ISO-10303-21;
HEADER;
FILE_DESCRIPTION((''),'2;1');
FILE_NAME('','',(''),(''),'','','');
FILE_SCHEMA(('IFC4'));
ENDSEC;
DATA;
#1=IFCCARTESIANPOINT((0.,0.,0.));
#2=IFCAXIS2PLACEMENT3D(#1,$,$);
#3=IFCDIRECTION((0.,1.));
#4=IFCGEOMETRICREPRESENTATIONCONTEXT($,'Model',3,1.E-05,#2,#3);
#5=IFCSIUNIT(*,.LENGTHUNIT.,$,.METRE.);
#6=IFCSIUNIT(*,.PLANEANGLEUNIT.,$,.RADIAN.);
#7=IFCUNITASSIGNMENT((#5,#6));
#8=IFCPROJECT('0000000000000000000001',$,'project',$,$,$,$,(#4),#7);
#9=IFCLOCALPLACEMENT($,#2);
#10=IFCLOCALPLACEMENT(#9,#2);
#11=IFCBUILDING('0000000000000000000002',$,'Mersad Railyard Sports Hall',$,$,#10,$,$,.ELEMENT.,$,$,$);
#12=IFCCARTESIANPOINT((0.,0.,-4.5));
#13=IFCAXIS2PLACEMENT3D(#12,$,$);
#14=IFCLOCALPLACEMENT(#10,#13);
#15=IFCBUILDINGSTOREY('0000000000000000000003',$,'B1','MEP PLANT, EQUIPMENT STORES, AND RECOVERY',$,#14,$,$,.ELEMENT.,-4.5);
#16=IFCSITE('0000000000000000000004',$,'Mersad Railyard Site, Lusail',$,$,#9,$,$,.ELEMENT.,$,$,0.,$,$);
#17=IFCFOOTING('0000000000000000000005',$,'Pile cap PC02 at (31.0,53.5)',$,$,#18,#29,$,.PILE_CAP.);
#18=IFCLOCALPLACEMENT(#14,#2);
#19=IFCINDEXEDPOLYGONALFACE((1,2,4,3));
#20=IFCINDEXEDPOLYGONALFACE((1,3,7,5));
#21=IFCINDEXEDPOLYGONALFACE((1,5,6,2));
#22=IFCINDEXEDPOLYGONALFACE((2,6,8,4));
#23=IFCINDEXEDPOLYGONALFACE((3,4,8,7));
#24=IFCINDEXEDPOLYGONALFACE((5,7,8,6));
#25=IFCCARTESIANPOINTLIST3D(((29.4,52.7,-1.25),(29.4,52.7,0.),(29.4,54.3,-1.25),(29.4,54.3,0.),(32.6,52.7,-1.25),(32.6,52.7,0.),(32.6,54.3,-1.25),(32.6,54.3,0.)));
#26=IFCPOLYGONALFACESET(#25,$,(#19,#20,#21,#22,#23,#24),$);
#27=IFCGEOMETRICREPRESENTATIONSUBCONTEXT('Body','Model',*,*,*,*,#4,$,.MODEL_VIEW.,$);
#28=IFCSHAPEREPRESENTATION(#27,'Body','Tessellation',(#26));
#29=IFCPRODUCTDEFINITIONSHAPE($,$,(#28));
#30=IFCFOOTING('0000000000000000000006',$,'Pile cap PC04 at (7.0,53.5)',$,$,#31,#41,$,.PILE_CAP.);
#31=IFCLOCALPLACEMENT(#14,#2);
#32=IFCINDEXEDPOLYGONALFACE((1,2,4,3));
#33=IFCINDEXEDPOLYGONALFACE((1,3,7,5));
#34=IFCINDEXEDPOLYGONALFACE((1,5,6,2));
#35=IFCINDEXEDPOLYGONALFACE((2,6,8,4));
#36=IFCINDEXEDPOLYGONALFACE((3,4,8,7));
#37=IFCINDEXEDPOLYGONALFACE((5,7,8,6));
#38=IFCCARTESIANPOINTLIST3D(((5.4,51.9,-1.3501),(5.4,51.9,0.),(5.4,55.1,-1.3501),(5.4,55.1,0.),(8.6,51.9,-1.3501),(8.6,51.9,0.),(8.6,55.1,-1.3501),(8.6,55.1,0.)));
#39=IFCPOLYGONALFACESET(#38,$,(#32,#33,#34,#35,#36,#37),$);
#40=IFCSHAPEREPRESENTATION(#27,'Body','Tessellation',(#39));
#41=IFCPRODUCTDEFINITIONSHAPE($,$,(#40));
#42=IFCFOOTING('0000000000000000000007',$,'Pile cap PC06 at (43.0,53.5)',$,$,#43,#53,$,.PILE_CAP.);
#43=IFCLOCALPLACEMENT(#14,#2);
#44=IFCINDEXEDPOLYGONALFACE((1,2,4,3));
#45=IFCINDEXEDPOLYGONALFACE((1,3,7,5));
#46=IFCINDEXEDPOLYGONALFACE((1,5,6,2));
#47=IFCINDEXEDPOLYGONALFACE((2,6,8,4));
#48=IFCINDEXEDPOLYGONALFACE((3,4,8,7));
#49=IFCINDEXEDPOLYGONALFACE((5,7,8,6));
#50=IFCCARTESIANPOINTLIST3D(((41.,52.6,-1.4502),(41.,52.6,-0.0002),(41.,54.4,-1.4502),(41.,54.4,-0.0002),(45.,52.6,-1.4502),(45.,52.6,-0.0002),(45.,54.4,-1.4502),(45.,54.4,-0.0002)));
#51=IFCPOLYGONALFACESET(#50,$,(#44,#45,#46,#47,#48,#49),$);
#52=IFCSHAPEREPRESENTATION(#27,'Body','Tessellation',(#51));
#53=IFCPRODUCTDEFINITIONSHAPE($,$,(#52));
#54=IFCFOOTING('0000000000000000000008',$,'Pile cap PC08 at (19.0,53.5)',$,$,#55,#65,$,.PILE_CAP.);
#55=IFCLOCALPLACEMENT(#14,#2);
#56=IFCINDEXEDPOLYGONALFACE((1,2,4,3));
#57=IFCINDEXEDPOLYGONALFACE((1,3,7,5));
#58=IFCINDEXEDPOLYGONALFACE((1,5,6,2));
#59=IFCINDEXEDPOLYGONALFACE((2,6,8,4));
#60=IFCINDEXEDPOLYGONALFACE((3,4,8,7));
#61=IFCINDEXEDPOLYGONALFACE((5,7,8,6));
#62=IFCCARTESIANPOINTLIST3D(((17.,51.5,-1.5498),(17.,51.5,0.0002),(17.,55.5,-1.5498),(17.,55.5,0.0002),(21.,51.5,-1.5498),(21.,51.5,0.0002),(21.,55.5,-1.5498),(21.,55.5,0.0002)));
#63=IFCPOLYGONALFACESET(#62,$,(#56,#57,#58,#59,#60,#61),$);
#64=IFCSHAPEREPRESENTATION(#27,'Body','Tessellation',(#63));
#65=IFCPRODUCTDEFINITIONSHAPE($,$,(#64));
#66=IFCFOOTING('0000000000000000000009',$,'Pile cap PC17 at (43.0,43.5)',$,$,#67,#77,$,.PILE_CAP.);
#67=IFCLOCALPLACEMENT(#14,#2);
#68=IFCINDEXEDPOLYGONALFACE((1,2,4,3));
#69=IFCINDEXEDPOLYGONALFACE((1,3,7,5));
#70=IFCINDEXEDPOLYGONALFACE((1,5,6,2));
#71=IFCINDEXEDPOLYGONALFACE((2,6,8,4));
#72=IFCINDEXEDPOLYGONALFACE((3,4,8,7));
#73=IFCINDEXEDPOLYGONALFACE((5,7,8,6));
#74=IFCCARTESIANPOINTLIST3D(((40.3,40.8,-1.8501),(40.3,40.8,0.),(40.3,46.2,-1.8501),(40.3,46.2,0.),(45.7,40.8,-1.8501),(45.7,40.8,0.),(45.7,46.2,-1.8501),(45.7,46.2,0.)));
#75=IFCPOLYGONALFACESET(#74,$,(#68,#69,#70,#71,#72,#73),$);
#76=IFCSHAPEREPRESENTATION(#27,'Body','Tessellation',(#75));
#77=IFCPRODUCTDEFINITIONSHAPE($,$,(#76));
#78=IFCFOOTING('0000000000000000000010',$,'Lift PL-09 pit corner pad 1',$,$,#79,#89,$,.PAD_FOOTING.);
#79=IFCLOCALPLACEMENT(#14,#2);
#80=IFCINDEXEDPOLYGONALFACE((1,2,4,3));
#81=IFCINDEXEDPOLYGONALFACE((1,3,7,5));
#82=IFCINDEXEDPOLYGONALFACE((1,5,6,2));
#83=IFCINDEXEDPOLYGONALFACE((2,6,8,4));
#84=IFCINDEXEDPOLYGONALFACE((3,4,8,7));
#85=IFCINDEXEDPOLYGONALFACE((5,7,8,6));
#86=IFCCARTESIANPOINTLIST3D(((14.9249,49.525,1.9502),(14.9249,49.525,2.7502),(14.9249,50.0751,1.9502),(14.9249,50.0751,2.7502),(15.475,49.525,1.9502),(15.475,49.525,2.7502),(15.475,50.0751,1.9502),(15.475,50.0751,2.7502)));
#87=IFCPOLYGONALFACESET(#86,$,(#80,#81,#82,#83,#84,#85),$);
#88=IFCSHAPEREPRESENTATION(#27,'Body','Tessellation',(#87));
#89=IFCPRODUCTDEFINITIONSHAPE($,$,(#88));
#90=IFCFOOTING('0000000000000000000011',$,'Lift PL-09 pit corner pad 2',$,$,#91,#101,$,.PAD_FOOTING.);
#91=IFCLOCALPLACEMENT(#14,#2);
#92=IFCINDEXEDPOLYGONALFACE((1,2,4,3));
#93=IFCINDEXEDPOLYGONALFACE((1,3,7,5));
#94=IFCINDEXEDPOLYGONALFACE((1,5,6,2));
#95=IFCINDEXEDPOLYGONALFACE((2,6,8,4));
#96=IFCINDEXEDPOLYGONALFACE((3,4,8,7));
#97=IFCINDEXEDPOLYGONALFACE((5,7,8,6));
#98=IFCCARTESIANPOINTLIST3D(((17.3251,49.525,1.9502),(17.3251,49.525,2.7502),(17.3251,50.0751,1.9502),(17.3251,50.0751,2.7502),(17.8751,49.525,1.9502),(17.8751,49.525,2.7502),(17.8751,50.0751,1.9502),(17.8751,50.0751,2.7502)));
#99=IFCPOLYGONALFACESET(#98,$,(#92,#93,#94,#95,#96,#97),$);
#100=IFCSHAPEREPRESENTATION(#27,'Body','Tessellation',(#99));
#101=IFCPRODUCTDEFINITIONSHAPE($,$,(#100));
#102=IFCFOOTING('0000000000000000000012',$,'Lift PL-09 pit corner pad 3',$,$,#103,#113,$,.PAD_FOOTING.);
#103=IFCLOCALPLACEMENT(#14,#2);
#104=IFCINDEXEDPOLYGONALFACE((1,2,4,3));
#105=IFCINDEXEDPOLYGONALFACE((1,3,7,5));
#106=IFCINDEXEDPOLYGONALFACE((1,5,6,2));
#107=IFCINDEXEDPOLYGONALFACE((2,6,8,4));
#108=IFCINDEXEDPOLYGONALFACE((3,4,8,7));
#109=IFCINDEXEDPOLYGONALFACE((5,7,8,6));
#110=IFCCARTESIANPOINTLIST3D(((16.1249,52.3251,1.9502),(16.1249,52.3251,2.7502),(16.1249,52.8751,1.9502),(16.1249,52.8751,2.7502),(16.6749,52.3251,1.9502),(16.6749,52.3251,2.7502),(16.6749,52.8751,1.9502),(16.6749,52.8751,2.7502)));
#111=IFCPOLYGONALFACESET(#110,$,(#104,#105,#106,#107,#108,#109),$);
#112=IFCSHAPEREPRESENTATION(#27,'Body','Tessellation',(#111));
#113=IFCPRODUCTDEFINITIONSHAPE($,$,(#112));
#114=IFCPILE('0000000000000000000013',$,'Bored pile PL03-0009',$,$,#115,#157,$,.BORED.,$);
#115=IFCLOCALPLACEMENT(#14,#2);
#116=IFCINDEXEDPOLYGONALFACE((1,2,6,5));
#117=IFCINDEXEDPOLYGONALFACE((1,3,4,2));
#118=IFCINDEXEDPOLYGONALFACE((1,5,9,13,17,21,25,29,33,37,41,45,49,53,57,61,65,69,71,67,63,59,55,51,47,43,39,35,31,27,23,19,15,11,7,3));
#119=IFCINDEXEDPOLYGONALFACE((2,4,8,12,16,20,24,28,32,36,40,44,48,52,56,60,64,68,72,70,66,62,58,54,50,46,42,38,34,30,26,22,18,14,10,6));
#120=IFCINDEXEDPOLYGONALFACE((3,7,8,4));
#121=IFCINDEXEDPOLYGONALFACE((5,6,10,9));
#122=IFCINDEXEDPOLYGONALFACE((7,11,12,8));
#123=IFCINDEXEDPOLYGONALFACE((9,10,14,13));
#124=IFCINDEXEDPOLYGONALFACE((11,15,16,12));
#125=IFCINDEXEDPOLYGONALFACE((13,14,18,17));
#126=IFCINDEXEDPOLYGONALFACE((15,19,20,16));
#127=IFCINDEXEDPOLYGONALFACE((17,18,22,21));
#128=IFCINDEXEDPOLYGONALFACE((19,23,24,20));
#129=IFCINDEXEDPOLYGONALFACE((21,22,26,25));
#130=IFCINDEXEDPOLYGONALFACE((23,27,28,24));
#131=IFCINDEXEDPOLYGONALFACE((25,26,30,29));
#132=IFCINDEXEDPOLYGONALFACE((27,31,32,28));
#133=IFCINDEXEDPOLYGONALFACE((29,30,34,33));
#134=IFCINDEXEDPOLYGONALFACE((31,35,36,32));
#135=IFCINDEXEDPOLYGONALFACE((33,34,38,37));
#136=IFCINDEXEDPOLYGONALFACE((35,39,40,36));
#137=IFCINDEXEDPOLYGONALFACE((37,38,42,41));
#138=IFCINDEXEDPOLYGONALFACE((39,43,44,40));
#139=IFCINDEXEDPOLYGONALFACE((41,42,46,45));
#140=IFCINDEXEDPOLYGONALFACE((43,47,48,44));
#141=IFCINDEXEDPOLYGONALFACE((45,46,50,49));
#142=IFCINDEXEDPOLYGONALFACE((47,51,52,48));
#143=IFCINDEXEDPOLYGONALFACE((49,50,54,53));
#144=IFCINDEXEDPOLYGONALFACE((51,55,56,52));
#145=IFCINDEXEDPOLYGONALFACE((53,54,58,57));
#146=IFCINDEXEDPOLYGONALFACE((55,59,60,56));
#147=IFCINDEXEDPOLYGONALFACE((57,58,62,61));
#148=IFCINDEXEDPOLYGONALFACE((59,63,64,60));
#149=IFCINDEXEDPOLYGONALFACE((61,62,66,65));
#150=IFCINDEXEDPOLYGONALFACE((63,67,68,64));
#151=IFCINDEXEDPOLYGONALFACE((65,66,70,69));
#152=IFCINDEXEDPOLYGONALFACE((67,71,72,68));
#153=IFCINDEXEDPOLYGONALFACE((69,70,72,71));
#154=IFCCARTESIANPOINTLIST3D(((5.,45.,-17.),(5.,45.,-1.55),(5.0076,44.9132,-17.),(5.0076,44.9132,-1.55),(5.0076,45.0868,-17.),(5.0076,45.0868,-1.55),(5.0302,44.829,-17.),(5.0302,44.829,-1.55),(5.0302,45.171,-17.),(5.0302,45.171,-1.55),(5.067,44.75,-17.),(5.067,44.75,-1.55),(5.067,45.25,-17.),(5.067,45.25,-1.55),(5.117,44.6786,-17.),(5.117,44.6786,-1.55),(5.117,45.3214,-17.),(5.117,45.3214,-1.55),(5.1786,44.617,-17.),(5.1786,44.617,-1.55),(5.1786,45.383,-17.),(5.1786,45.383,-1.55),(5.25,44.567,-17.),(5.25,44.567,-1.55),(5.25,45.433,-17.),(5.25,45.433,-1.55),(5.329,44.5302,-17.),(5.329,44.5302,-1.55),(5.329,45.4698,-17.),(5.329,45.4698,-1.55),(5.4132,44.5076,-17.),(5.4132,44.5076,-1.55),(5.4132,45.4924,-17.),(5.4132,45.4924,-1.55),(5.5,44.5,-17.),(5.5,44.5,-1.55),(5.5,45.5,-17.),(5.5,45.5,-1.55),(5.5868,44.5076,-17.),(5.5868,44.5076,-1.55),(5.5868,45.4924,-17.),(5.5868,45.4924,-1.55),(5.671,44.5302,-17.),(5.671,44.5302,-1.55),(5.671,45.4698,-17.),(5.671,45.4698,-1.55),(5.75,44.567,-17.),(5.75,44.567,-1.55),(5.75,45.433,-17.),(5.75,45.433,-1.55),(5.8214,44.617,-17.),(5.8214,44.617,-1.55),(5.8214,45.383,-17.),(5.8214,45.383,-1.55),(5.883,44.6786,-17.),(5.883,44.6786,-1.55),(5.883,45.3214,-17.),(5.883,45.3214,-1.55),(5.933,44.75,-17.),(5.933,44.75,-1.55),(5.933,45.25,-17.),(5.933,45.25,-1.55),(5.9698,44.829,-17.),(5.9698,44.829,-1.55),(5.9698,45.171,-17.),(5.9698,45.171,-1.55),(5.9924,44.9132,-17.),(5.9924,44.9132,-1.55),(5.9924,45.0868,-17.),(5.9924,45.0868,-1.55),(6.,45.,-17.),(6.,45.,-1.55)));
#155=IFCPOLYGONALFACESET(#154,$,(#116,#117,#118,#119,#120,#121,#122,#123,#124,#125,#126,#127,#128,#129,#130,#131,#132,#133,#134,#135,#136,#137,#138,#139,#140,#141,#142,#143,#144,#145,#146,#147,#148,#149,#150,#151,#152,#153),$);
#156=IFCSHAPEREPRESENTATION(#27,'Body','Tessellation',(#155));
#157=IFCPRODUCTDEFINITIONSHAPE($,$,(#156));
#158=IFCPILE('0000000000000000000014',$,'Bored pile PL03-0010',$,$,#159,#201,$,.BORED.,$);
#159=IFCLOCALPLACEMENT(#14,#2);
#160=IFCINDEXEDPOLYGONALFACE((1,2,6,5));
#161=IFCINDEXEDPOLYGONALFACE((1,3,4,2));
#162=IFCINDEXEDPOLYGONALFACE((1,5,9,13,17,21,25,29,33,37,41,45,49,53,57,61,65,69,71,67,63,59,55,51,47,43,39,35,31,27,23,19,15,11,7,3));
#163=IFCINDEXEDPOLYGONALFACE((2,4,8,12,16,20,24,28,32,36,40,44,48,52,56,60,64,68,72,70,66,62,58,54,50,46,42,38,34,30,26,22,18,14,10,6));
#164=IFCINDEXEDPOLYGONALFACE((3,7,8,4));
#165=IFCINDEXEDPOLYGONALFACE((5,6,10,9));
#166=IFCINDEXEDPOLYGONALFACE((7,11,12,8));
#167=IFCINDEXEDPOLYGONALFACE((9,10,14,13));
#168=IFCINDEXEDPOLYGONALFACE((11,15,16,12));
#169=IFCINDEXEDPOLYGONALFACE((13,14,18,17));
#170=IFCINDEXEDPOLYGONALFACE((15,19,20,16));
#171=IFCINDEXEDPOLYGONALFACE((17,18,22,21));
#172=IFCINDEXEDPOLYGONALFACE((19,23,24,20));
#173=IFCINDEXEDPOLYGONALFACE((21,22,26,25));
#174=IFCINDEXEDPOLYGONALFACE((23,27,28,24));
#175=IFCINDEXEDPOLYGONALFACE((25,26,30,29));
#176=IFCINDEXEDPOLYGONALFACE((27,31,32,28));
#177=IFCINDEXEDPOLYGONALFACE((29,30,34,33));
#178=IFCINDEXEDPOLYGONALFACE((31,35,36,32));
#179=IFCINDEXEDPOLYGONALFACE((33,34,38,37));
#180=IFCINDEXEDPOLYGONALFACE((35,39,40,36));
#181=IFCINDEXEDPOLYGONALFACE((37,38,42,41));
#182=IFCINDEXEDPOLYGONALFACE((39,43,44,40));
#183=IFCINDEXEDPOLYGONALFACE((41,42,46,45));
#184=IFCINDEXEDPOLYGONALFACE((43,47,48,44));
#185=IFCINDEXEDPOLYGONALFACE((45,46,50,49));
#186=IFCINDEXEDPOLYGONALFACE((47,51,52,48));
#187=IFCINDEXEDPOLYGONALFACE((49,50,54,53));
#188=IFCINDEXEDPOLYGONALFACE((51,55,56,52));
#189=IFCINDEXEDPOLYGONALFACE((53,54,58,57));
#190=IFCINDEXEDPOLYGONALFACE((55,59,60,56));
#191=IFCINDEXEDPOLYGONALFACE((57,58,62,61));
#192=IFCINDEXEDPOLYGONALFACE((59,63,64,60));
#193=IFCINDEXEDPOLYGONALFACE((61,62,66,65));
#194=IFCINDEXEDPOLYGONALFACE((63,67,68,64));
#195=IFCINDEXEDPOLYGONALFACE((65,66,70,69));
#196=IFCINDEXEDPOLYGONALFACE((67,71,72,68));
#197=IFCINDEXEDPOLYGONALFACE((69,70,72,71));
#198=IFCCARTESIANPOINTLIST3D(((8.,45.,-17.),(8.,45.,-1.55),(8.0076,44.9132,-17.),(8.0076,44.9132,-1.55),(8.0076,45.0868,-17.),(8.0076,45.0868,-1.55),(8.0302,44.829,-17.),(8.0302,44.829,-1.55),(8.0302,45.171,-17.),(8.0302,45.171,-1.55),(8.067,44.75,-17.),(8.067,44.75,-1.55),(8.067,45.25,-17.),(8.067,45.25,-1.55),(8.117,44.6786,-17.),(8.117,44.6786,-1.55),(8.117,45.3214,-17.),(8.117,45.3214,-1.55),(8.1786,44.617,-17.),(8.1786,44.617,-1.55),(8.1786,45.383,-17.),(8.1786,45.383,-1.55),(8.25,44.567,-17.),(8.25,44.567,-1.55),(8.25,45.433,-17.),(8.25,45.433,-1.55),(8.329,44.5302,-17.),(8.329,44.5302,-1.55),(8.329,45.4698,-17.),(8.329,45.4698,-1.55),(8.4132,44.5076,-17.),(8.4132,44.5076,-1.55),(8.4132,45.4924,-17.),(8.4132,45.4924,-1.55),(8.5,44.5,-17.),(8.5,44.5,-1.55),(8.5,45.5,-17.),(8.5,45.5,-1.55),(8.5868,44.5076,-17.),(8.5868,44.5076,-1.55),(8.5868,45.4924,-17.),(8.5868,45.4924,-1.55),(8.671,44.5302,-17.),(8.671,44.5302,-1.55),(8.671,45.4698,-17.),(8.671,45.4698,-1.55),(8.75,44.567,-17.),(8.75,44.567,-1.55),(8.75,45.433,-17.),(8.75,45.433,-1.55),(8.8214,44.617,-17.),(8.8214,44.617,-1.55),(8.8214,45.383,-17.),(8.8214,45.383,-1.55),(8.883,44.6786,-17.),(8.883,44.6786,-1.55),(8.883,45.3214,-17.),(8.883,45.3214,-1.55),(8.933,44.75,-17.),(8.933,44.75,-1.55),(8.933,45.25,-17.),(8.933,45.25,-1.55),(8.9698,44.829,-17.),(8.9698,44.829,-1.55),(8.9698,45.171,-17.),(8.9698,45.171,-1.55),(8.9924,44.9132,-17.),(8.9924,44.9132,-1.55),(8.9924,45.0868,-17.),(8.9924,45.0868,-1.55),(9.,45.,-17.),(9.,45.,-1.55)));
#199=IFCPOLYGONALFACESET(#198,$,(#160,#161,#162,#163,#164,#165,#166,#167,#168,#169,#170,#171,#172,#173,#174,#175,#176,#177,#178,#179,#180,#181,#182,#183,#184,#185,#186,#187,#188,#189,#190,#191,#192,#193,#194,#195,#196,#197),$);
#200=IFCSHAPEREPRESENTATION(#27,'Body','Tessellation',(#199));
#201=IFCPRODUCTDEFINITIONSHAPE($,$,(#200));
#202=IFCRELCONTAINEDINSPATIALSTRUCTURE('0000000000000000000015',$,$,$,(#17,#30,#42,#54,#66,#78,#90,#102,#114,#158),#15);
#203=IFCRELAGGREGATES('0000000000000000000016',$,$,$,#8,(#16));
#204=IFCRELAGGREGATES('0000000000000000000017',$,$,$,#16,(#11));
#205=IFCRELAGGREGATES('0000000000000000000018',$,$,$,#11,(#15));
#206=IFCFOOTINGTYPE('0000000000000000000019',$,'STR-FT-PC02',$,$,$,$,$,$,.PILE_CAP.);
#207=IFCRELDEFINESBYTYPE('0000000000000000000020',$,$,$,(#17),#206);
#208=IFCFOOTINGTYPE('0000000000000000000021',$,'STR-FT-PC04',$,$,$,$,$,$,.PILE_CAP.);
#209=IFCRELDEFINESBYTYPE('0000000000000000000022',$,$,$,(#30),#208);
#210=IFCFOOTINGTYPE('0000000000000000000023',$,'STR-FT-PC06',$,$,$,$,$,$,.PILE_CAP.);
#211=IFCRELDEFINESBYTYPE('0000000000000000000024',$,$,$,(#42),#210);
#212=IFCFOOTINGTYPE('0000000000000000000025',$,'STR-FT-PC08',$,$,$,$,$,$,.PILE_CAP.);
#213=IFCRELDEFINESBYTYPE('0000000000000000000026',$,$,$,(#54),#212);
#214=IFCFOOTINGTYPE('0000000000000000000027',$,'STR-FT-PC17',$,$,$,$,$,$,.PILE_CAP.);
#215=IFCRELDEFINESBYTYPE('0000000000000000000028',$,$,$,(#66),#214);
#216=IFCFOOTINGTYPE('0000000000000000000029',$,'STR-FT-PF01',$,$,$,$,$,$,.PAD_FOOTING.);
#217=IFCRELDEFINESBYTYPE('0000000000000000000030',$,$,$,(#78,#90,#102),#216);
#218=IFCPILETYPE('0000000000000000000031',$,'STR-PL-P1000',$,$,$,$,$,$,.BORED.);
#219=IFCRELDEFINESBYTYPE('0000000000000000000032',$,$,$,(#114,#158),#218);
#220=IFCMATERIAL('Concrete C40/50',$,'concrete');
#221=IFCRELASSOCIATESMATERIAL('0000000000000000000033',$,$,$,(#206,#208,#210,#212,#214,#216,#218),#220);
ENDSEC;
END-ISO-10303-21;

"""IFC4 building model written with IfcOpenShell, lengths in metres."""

from ifc_helpers import new_model, si_unit, direction, frame, origin, origin_2d, place, context, subcontext, project, spatial, rectangle, circle, extrude, material, material_profile, profile_set, type_object, element, save


model = new_model("IFC4")

# Units and contexts
model_context = context("Model", 3, precision=1e-05, world=origin(), true_north=direction((0.0, 1.0)))
body_context = subcontext(model_context, "Body", "Model", "MODEL_VIEW")
ifc_project = project(units=[si_unit("LENGTHUNIT", "METRE"), si_unit("PLANEANGLEUNIT", "RADIAN")], contexts=[model_context])

# Site, building, storey
site_placement = place(None, origin())
site = spatial("IfcSite", under=ifc_project, at=site_placement, Name="Mersad Railyard Site, Lusail", CompositionType="ELEMENT", RefElevation=0.0)
building_placement = place(site_placement, origin())
building = spatial("IfcBuilding", under=site, at=building_placement, Name="Mersad Railyard Sports Hall", CompositionType="ELEMENT")
storey_placement = place(building_placement, frame((0.0, 0.0, -4.5)))
storey = spatial("IfcBuildingStorey", under=building, at=storey_placement, Name="B1", Description="MEP PLANT, EQUIPMENT STORES, AND RECOVERY", CompositionType="ELEMENT", Elevation=-4.5)

# Footings
ifc_material_1 = material(Name="Concrete C40/50", Category="concrete")
footing_type_1 = type_object("IfcFootingType", Name="STR-FT-PC02", PredefinedType="PILE_CAP", material=ifc_material_1)
footing_1_placement = place(storey_placement, frame((31.0, 53.5, -1.25), z_axis=(0.0, 0.0, 1.0), x_axis=(1.0, 0.0, 0.0)))
element("IfcFooting", 1, at=footing_1_placement, inside=storey, type_object=footing_type_1, Name="Pile cap PC02 at (31.0,53.5)", PredefinedType="PILE_CAP", context=body_context, shape_type="SweptSolid", body=[
    extrude(rectangle(XDim=3.2, YDim=1.6001, at=origin_2d()), origin(), (0.0, 0.0, 1.0), 1.25),
])
footing_type_2 = type_object("IfcFootingType", Name="STR-FT-PC04", PredefinedType="PILE_CAP", material=ifc_material_1)
footing_2_placement = place(storey_placement, frame((7.0, 53.5, -1.3501), z_axis=(0.0, 0.0, 1.0), x_axis=(1.0, 0.0, 0.0)))
element("IfcFooting", 2, at=footing_2_placement, inside=storey, type_object=footing_type_2, Name="Pile cap PC04 at (7.0,53.5)", PredefinedType="PILE_CAP", context=body_context, shape_type="SweptSolid", body=[
    extrude(rectangle(XDim=3.2, YDim=3.2, at=origin_2d()), origin(), (0.0, 0.0, 1.0), 1.3501),
])
footing_type_3 = type_object("IfcFootingType", Name="STR-FT-PC06", PredefinedType="PILE_CAP", material=ifc_material_1)
footing_3_placement = place(storey_placement, frame((43.0, 53.5, -1.4502), z_axis=(0.0, 0.0, 1.0), x_axis=(1.0, 0.0, 0.0)))
element("IfcFooting", 3, at=footing_3_placement, inside=storey, type_object=footing_type_3, Name="Pile cap PC06 at (43.0,53.5)", PredefinedType="PILE_CAP", context=body_context, shape_type="SweptSolid", body=[
    extrude(rectangle(XDim=4.0, YDim=1.8, at=origin_2d()), origin(), (0.0, 0.0, 1.0), 1.45),
])
footing_type_4 = type_object("IfcFootingType", Name="STR-FT-PC08", PredefinedType="PILE_CAP", material=ifc_material_1)
footing_4_placement = place(storey_placement, frame((19.0, 53.5, -1.5498), z_axis=(0.0, 0.0, 1.0), x_axis=(1.0, 0.0, 0.0)))
element("IfcFooting", 4, at=footing_4_placement, inside=storey, type_object=footing_type_4, Name="Pile cap PC08 at (19.0,53.5)", PredefinedType="PILE_CAP", context=body_context, shape_type="SweptSolid", body=[
    extrude(rectangle(XDim=4.0, YDim=4.0, at=origin_2d()), origin(), (0.0, 0.0, 1.0), 1.55),
])
footing_type_5 = type_object("IfcFootingType", Name="STR-FT-PC17", PredefinedType="PILE_CAP", material=ifc_material_1)
footing_5_placement = place(storey_placement, frame((43.0, 43.5, -1.8501), z_axis=(0.0, 0.0, 1.0), x_axis=(1.0, 0.0, 0.0)))
element("IfcFooting", 5, at=footing_5_placement, inside=storey, type_object=footing_type_5, Name="Pile cap PC17 at (43.0,43.5)", PredefinedType="PILE_CAP", context=body_context, shape_type="SweptSolid", body=[
    extrude(rectangle(XDim=5.3999, YDim=5.3999, at=origin_2d()), origin(), (0.0, 0.0, 1.0), 1.8501),
])
footing_type_6 = type_object("IfcFootingType", Name="STR-FT-PF01", PredefinedType="PAD_FOOTING", material=ifc_material_1)
for number, where, z_axis, x_axis, name in (
    (6, (15.2, 49.8, 1.9502), (0.0, 0.0, 1.0), (1.0, 0.0, 0.0), "Lift PL-09 pit corner pad 1"),
    (7, (17.6001, 49.8, 1.9502), (0.0, 0.0, 1.0), (1.0, 0.0, 0.0), "Lift PL-09 pit corner pad 2"),
    (8, (16.3999, 52.6001, 1.9502), (0.0, 0.0, 1.0), (1.0, 0.0, 0.0), "Lift PL-09 pit corner pad 3"),
):
    element("IfcFooting", number, at=place(storey_placement, frame(where, z_axis=z_axis, x_axis=x_axis)), inside=storey, type_object=footing_type_6, Name=name, PredefinedType="PAD_FOOTING", context=body_context, shape_type="SweptSolid", body=[
        extrude(rectangle(XDim=0.55, YDim=0.55, at=origin_2d()), origin(), (0.0, 0.0, 1.0), 0.8),
    ])

# Piles
ifc_material_profile_1 = material_profile(ifc_material_1, circle(Radius=0.5, at=origin_2d()), Name="BORED PILE D1000")
ifc_profile_set_1 = profile_set([ifc_material_profile_1], Name="Concrete C40/50")
pile_type_1 = type_object("IfcPileType", Name="STR-PL-P1000", PredefinedType="BORED", material=ifc_profile_set_1)
for number, where, z_axis, x_axis, name in (
    (9, (5.5, 45.0, -1.55), (0.0, 0.0, -1.0), (1.0, 0.0, 0.0), "Bored pile PL03-0009"),
    (10, (8.5, 45.0, -1.55), (0.0, 0.0, -1.0), (1.0, 0.0, 0.0), "Bored pile PL03-0010"),
):
    element("IfcPile", number, at=place(storey_placement, frame(where, z_axis=z_axis, x_axis=x_axis)), inside=storey, type_object=pile_type_1, Name=name, PredefinedType="BORED", context=body_context, shape_type="SweptSolid", body=[
        extrude(circle(Radius=0.5, at=origin_2d()), origin(), (0.0, 0.0, 1.0), 15.45),
    ])

save(model, "model.ifc")
